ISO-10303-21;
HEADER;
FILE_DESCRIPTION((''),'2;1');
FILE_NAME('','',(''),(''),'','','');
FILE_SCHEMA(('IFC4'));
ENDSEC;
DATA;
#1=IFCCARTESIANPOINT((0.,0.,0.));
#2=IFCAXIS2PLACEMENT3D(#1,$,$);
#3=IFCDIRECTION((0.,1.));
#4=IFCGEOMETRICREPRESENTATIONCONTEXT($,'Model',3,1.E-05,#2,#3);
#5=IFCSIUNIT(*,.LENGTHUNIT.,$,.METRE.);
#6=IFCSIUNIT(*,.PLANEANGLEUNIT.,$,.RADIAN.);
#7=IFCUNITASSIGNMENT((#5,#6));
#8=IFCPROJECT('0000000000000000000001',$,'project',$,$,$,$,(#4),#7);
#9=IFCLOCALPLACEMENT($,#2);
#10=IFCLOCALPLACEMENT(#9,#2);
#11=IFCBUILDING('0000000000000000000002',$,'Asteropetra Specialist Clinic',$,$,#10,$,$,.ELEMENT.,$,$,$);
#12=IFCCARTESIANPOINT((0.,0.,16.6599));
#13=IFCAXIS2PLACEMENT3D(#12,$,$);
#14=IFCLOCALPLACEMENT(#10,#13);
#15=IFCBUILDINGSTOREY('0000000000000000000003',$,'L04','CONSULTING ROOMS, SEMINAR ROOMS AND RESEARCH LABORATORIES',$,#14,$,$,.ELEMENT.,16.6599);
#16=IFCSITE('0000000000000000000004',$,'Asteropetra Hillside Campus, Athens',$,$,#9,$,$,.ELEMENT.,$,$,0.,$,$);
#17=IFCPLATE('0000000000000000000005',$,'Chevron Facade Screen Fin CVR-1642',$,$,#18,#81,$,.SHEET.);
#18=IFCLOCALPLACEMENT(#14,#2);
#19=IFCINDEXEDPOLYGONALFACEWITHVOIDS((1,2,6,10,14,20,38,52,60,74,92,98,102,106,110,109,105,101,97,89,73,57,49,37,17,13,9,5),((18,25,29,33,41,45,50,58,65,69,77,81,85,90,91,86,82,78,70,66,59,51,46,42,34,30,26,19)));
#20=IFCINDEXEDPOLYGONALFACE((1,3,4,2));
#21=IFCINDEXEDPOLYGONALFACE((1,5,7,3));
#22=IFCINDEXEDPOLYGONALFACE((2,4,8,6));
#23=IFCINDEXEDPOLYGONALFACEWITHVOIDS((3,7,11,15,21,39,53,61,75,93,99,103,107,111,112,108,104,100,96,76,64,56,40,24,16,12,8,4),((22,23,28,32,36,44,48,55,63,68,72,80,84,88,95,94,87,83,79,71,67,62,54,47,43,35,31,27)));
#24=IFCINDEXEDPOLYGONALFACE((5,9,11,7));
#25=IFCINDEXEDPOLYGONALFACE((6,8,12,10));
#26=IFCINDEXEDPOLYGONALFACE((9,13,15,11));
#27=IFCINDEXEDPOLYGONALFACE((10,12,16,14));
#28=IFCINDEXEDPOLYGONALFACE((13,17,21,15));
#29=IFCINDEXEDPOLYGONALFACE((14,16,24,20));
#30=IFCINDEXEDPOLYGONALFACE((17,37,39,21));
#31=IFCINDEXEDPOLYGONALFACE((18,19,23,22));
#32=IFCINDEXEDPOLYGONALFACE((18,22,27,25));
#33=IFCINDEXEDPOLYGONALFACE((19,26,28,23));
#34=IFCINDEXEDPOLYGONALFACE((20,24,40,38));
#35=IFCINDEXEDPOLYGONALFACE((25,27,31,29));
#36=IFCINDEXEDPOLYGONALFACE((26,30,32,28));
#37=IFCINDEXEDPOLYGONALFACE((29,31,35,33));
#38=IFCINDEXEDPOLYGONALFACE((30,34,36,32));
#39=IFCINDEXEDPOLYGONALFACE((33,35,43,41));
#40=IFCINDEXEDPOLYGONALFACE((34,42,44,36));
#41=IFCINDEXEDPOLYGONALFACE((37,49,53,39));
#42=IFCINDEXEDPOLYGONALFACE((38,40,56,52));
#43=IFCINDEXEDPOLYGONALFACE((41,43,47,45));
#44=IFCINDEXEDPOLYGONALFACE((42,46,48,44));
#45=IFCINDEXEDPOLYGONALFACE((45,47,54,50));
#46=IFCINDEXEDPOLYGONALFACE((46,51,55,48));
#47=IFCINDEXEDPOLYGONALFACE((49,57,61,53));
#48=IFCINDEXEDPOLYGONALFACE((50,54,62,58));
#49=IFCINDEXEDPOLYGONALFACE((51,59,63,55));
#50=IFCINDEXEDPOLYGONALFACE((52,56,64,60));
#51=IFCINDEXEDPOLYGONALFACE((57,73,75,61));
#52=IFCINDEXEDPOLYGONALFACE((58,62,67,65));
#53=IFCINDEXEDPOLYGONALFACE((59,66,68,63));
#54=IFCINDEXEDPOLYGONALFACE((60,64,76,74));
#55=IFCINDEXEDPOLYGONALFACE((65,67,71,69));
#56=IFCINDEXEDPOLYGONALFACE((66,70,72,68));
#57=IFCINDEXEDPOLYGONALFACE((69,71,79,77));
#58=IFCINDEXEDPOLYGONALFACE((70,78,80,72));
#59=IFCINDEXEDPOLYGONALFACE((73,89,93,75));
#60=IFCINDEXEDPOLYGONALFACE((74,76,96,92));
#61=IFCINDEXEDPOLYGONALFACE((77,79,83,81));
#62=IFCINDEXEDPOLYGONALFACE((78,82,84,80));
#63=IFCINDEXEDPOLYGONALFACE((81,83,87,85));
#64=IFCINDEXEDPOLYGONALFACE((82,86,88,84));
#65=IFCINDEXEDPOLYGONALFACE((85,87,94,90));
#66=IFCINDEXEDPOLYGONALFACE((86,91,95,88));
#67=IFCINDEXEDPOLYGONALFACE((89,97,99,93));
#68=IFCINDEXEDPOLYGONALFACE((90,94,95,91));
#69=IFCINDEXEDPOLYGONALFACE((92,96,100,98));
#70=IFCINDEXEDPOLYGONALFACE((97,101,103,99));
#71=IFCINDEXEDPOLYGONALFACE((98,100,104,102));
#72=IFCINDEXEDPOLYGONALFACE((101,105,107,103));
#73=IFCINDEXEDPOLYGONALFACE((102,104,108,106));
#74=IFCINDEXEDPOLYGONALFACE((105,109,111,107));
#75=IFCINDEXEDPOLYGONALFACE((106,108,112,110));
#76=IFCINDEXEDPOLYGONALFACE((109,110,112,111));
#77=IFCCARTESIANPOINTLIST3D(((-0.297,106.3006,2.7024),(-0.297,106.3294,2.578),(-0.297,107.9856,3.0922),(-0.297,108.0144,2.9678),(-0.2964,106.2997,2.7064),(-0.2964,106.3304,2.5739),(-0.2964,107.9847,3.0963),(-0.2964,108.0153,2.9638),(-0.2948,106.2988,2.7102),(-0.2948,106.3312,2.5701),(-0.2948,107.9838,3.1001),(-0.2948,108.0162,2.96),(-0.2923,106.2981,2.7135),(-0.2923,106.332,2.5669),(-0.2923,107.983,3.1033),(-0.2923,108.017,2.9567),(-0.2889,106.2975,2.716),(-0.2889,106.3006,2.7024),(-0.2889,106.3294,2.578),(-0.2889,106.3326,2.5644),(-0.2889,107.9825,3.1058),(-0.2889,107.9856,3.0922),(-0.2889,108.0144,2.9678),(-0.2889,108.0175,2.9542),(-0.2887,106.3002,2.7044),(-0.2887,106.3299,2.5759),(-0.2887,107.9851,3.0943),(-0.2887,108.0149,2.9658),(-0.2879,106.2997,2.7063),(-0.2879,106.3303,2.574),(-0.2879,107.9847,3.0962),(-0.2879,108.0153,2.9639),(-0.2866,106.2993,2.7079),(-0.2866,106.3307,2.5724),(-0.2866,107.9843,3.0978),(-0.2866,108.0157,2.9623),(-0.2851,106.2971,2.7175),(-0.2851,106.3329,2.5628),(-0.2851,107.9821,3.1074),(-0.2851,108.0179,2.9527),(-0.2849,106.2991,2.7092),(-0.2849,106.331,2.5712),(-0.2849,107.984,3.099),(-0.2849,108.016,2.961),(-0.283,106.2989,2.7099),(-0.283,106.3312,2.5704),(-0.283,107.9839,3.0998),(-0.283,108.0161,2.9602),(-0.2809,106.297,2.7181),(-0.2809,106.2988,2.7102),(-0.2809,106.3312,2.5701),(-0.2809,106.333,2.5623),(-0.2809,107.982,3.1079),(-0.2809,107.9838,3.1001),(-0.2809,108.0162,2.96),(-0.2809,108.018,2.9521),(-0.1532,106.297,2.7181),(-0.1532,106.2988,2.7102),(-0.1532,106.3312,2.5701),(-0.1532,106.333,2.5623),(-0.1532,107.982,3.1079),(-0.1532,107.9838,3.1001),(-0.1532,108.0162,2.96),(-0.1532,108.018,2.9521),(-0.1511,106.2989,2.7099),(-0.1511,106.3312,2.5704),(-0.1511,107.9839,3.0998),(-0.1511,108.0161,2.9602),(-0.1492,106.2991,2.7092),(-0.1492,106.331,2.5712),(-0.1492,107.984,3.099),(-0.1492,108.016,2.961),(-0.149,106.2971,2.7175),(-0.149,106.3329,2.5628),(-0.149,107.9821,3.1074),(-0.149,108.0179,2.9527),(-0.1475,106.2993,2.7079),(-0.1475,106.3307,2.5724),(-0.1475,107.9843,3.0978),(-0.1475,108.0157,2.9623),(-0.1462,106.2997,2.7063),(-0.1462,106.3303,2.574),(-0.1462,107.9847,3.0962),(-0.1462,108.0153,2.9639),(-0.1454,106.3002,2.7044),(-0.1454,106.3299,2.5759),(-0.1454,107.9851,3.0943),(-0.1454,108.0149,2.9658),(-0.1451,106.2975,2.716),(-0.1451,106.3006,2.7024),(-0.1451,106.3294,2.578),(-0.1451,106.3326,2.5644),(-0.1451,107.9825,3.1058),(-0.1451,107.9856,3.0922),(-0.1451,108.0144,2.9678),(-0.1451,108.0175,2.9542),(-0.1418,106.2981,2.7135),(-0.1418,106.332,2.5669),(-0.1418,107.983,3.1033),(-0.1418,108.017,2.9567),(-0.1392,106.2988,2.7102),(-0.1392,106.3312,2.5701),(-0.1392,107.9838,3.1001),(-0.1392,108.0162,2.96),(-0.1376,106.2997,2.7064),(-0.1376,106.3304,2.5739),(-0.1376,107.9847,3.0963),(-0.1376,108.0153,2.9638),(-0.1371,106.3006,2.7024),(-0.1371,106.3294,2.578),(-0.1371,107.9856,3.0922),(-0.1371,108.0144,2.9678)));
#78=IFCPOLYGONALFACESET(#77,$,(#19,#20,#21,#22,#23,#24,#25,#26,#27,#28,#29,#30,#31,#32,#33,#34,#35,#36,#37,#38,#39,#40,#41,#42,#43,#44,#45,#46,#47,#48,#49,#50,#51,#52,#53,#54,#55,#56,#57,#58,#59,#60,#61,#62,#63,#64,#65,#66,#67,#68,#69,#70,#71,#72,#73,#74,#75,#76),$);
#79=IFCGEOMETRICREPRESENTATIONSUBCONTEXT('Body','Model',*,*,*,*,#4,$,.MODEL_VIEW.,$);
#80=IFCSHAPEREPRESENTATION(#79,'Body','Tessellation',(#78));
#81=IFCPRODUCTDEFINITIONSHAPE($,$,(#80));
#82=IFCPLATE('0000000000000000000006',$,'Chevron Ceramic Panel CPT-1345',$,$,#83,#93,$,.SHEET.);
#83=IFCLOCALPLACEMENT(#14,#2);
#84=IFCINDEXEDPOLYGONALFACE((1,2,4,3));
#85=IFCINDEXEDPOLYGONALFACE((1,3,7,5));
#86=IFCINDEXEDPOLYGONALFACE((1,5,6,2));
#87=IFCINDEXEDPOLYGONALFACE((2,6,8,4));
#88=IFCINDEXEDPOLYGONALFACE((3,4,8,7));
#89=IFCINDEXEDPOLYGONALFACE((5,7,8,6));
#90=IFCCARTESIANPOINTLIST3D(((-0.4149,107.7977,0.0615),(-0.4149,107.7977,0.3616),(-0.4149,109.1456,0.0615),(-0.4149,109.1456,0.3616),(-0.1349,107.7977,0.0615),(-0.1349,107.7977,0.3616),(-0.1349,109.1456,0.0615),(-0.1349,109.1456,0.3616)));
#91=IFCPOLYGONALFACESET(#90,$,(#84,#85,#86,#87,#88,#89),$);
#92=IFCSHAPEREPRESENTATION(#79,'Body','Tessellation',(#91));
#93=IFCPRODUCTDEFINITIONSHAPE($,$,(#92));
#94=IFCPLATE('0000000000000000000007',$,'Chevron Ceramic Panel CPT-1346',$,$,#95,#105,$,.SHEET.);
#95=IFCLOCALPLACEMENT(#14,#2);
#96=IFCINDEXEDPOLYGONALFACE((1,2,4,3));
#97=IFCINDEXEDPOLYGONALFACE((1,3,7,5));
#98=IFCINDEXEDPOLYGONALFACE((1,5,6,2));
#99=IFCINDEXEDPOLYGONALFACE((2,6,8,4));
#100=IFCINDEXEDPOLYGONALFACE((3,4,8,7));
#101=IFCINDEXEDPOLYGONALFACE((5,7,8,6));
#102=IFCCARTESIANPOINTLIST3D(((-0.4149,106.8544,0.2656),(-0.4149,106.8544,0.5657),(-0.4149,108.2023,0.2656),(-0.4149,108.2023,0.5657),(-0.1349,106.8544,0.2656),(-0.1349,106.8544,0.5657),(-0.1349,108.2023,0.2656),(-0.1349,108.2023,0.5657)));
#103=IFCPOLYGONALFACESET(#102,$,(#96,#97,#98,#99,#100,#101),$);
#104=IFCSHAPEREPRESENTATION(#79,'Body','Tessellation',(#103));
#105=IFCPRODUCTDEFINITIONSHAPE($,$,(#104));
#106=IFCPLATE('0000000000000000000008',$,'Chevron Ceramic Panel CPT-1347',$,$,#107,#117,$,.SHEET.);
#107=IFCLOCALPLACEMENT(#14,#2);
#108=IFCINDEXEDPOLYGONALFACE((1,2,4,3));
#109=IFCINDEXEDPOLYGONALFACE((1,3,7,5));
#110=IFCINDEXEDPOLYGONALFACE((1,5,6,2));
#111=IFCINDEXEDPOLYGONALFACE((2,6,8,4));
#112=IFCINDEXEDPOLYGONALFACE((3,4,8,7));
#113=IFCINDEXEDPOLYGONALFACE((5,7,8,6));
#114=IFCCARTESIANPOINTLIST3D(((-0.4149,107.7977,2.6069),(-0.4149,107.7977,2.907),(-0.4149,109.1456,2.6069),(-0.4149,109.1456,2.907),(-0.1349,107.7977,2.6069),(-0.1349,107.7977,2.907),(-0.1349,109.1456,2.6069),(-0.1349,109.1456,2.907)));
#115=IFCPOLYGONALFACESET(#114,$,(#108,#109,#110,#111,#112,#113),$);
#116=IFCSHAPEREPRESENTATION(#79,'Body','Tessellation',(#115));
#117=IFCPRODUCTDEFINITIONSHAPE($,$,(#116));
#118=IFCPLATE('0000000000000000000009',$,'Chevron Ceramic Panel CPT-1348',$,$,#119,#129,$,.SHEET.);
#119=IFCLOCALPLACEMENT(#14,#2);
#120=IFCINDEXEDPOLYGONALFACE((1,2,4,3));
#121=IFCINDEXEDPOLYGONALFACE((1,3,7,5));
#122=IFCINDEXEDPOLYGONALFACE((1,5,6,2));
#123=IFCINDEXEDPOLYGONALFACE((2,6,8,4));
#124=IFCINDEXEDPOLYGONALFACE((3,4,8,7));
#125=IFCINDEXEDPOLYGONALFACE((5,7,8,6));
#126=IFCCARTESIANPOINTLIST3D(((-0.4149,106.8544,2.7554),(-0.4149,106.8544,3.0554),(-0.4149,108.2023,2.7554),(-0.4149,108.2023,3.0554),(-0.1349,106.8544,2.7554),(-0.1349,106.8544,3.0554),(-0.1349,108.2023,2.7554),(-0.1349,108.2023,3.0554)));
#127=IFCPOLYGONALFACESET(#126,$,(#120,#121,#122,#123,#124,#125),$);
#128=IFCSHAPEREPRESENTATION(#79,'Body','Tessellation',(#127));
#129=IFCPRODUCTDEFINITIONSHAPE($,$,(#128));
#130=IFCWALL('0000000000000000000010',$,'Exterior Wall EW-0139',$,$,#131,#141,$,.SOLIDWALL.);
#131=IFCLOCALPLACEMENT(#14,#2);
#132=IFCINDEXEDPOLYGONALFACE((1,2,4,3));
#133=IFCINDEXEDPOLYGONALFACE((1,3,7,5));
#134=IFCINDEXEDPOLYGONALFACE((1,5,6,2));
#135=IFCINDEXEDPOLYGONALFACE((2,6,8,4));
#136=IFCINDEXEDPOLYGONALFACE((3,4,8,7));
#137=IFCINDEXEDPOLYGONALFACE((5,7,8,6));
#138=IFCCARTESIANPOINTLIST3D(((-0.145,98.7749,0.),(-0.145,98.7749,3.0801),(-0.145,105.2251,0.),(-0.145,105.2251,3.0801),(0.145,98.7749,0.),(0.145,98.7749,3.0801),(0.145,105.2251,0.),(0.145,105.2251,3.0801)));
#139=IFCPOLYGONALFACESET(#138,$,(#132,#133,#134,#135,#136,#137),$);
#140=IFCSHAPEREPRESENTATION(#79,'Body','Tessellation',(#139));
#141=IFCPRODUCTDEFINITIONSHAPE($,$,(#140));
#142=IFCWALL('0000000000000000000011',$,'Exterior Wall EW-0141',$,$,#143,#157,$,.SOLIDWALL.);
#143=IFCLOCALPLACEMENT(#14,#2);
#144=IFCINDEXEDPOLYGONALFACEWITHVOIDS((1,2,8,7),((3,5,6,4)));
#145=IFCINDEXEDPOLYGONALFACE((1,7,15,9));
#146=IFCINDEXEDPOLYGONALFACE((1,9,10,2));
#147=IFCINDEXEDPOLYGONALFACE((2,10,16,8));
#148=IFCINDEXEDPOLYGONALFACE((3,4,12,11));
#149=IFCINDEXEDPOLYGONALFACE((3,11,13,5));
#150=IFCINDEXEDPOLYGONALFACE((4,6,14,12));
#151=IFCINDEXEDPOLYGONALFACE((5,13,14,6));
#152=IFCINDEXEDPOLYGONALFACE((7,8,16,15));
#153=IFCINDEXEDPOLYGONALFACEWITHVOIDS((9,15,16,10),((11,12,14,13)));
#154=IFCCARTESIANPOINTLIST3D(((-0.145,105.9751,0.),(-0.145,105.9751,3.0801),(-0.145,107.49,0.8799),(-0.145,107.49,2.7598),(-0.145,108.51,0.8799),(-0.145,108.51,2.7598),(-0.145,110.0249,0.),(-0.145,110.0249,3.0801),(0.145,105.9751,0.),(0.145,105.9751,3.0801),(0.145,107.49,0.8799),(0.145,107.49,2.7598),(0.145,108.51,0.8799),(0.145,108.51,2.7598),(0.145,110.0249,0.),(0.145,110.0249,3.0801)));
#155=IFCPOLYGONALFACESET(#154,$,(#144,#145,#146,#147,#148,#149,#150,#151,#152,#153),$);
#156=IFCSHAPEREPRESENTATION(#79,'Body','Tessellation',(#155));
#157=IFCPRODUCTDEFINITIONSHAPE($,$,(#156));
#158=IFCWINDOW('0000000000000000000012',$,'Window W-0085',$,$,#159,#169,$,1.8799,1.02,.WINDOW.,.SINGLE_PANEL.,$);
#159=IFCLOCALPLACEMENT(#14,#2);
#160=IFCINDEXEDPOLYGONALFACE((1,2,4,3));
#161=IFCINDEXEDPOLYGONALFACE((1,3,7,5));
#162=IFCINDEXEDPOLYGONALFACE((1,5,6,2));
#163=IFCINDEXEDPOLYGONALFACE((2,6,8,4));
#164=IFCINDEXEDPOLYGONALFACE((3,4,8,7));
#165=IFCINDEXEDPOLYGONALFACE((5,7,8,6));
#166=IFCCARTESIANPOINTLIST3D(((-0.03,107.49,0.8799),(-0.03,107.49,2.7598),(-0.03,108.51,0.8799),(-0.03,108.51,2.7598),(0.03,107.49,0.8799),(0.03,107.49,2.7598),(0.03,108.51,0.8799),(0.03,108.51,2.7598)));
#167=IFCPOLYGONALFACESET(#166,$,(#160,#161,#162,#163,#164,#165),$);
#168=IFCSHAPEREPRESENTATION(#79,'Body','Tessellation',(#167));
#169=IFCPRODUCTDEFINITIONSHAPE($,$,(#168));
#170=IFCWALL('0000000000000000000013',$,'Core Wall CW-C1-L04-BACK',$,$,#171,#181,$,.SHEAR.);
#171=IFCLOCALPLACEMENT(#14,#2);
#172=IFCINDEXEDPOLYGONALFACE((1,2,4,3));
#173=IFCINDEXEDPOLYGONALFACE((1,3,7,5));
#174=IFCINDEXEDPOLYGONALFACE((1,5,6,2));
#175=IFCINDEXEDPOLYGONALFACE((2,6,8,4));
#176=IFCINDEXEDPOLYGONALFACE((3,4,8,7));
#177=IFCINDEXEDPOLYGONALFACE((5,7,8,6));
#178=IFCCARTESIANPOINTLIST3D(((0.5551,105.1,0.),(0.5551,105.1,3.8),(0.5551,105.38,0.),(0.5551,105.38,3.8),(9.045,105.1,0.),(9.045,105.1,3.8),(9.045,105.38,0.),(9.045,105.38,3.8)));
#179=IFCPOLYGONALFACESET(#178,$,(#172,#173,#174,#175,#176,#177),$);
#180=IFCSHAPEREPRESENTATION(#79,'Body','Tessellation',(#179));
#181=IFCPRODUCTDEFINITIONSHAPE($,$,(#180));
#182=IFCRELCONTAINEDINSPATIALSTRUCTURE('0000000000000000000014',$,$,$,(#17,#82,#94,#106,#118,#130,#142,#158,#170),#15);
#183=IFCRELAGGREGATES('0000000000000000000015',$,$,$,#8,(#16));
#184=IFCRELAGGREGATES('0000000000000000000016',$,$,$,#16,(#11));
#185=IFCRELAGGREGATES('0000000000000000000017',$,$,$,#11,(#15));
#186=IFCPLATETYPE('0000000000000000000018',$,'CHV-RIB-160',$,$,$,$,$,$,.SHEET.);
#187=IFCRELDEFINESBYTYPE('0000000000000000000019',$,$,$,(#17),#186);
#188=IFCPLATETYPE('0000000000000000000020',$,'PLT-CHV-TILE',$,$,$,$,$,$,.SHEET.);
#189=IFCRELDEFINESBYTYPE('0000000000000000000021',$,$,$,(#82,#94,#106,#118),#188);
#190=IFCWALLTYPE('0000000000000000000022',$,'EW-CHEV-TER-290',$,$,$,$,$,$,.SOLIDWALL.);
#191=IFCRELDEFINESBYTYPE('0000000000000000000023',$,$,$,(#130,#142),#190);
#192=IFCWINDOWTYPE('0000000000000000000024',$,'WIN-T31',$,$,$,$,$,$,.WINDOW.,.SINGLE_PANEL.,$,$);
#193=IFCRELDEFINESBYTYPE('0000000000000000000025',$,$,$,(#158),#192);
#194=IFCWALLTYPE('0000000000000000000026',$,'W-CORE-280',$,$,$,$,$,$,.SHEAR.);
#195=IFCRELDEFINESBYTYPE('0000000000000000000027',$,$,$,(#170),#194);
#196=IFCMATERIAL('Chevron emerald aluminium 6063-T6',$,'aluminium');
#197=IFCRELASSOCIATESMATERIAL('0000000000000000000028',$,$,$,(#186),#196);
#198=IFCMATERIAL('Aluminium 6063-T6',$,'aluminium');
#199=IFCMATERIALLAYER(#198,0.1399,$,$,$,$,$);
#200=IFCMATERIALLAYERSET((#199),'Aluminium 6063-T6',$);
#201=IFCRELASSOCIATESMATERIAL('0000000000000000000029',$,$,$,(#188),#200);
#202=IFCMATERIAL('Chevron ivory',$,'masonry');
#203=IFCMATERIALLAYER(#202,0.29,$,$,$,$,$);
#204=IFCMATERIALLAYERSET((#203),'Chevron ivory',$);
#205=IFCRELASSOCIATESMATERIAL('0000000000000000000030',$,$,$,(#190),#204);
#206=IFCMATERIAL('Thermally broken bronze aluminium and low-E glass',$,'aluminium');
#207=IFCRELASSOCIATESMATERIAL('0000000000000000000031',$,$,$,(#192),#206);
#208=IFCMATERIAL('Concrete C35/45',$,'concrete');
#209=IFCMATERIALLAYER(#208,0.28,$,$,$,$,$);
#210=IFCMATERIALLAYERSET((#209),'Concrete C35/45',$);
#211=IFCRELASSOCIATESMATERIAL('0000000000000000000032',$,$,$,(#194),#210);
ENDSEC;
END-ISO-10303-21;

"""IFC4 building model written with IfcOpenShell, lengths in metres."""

from ifc_helpers import new_model, si_unit, direction, frame, frame_2d, origin, origin_2d, place, context, subcontext, project, spatial, rectangle, hollow_rectangle, extrude, material, layer, layer_set, material_profile, profile_set, type_object, element, fill, save


model = new_model("IFC4")

# Units and contexts
model_context = context("Model", 3, precision=1e-05, world=origin(), true_north=direction((0.0, 1.0)))
body_context = subcontext(model_context, "Body", "Model", "MODEL_VIEW")
ifc_project = project(units=[si_unit("LENGTHUNIT", "METRE"), si_unit("PLANEANGLEUNIT", "RADIAN")], contexts=[model_context])

# Site, building, storey
site_placement = place(None, origin())
site = spatial("IfcSite", under=ifc_project, at=site_placement, Name="Asteropetra Hillside Campus, Athens", CompositionType="ELEMENT", RefElevation=0.0)
building_placement = place(site_placement, origin())
building = spatial("IfcBuilding", under=site, at=building_placement, Name="Asteropetra Specialist Clinic", CompositionType="ELEMENT")
storey_placement = place(building_placement, frame((0.0, 0.0, 16.6599)))
storey = spatial("IfcBuildingStorey", under=building, at=storey_placement, Name="L04", Description="CONSULTING ROOMS, SEMINAR ROOMS AND RESEARCH LABORATORIES", CompositionType="ELEMENT", Elevation=16.6599)

# Plates
ifc_material_1 = material(Name="Chevron emerald aluminium 6063-T6", Category="aluminium")
ifc_material_profile_1 = material_profile(ifc_material_1, hollow_rectangle(XDim=0.1599, YDim=0.1599, WallThickness=0.0081, InnerFilletRadius=0.0081, OuterFilletRadius=0.0161, at=origin_2d()), Name="SHS 160x160x8.0")
ifc_profile_set_1 = profile_set([ifc_material_profile_1], Name="Chevron emerald aluminium 6063-T6")
plate_type_1 = type_object("IfcPlateType", Name="CHV-RIB-160", PredefinedType="SHEET", material=ifc_profile_set_1)
for number, where, z_axis, x_axis, name in (
    (1, (-0.217, 108.0, 3.03), (0.0, -0.97426, -0.225426), (1.0, 0.0, 0.0), "Chevron Facade Screen Fin CVR-1642"),
):
    element("IfcPlate", number, at=place(storey_placement, frame(where, z_axis=z_axis, x_axis=x_axis)), inside=storey, type_object=plate_type_1, Name=name, PredefinedType="SHEET", context=body_context, shape_type="SweptSolid", body=[
        extrude(hollow_rectangle(XDim=0.1599, YDim=0.1599, WallThickness=0.0081, InnerFilletRadius=0.0081, OuterFilletRadius=0.0161, at=origin_2d()), origin(), (0.0, 0.0, 1.0), 1.7295),
    ])
ifc_material_2 = material(Name="Aluminium 6063-T6", Category="aluminium")
ifc_layer_1 = layer(ifc_material_2, 0.1399)
ifc_layer_set_1 = layer_set([ifc_layer_1], Name="Aluminium 6063-T6")
plate_type_2 = type_object("IfcPlateType", Name="PLT-CHV-TILE", PredefinedType="SHEET", material=ifc_layer_set_1)
for number, where, z_axis, x_axis, name in (
    (2, (-0.2749, 108.4717, 0.0615), (0.0, 0.0, 1.0), (1.0, 0.0, 0.0), "Chevron Ceramic Panel CPT-1345"),
    (3, (-0.2749, 107.5283, 0.2656), (0.0, 0.0, 1.0), (1.0, 0.0, 0.0), "Chevron Ceramic Panel CPT-1346"),
    (4, (-0.2749, 108.4717, 2.6069), (0.0, 0.0, 1.0), (1.0, 0.0, 0.0), "Chevron Ceramic Panel CPT-1347"),
    (5, (-0.2749, 107.5283, 2.7554), (0.0, 0.0, 1.0), (1.0, 0.0, 0.0), "Chevron Ceramic Panel CPT-1348"),
):
    element("IfcPlate", number, at=place(storey_placement, frame(where, z_axis=z_axis, x_axis=x_axis)), inside=storey, type_object=plate_type_2, Name=name, PredefinedType="SHEET", context=body_context, shape_type="SweptSolid", body=[
        extrude(rectangle(XDim=0.28, YDim=1.3479, at=origin_2d()), origin(), (0.0, 0.0, 1.0), 0.3),
    ])

# Wall
ifc_material_3 = material(Name="Chevron ivory", Category="masonry")
ifc_layer_2 = layer(ifc_material_3, 0.29)
ifc_layer_set_2 = layer_set([ifc_layer_2], Name="Chevron ivory")
wall_type_1 = type_object("IfcWallType", Name="EW-CHEV-TER-290", PredefinedType="SOLIDWALL", material=ifc_layer_set_2)
wall_1_placement = place(storey_placement, frame((0.0, 105.2251, 0.0), z_axis=(0.0, 0.0, 1.0), x_axis=(0.0, -1.0, 0.0)))
element("IfcWall", 6, at=wall_1_placement, inside=storey, type_object=wall_type_1, Name="Exterior Wall EW-0139", PredefinedType="SOLIDWALL", context=body_context, shape_type="SweptSolid", body=[
    extrude(rectangle(XDim=6.4502, YDim=0.29, at=frame_2d((3.2251, 0.0))), origin(), (0.0, 0.0, 1.0), 3.0801),
])

# Wall, opening, window
wall_2_placement = place(storey_placement, frame((0.0, 110.0249, 0.0), z_axis=(0.0, 0.0, 1.0), x_axis=(0.0, -1.0, 0.0)))
wall_2 = element("IfcWall", 7, at=wall_2_placement, inside=storey, type_object=wall_type_1, Name="Exterior Wall EW-0141", PredefinedType="SOLIDWALL", context=body_context, shape_type="SweptSolid", body=[
    extrude(rectangle(XDim=4.0498, YDim=0.29, at=frame_2d((2.0249, 0.0))), origin(), (0.0, 0.0, 1.0), 3.0801),
])
opening_placement = place(wall_2_placement, frame((1.5149, 0.0, 0.8799)))
opening = element("IfcOpeningElement", 8, at=opening_placement, cuts=wall_2, PredefinedType="OPENING", context=body_context, shape_type="SweptSolid", body=[
    extrude(rectangle(XDim=1.02, YDim=1.8799, at=frame_2d((0.51, 0.9399))), frame((0.0, 0.155, 0.0), z_axis=(0.0, -1.0, 0.0), x_axis=(1.0, 0.0, 0.0)), (0.0, 0.0, 1.0), 0.3101),
])
ifc_material_4 = material(Name="Thermally broken bronze aluminium and low-E glass", Category="aluminium")
window_type = type_object("IfcWindowType", Name="WIN-T31", PartitioningType="SINGLE_PANEL", PredefinedType="WINDOW", material=ifc_material_4)
window_placement = place(opening_placement, origin())
window = element("IfcWindow", 9, at=window_placement, inside=storey, type_object=window_type, Name="Window W-0085", OverallHeight=1.8799, OverallWidth=1.02, PartitioningType="SINGLE_PANEL", PredefinedType="WINDOW", context=body_context, shape_type="SweptSolid", body=[
    extrude(rectangle(XDim=1.02, YDim=1.8799, at=frame_2d((0.51, 0.9399))), frame((0.0, 0.03, 0.0), z_axis=(0.0, -1.0, 0.0), x_axis=(1.0, 0.0, 0.0)), (0.0, 0.0, 1.0), 0.0601),
])
fill(opening, window)

# Wall
ifc_material_5 = material(Name="Concrete C35/45", Category="concrete")
ifc_layer_3 = layer(ifc_material_5, 0.28)
ifc_layer_set_3 = layer_set([ifc_layer_3], Name="Concrete C35/45")
wall_type_2 = type_object("IfcWallType", Name="W-CORE-280", PredefinedType="SHEAR", material=ifc_layer_set_3)
wall_3_placement = place(storey_placement, frame((0.5549, 105.24, 0.0), z_axis=(0.0, 0.0, 1.0), x_axis=(1.0, 0.0, 0.0)))
element("IfcWall", 10, at=wall_3_placement, inside=storey, type_object=wall_type_2, Name="Core Wall CW-C1-L04-BACK", PredefinedType="SHEAR", context=body_context, shape_type="SweptSolid", body=[
    extrude(rectangle(XDim=8.49, YDim=0.28, at=frame_2d((4.2451, 0.0))), origin(), (0.0, 0.0, 1.0), 3.8),
])

save(model, "model.ifc")
